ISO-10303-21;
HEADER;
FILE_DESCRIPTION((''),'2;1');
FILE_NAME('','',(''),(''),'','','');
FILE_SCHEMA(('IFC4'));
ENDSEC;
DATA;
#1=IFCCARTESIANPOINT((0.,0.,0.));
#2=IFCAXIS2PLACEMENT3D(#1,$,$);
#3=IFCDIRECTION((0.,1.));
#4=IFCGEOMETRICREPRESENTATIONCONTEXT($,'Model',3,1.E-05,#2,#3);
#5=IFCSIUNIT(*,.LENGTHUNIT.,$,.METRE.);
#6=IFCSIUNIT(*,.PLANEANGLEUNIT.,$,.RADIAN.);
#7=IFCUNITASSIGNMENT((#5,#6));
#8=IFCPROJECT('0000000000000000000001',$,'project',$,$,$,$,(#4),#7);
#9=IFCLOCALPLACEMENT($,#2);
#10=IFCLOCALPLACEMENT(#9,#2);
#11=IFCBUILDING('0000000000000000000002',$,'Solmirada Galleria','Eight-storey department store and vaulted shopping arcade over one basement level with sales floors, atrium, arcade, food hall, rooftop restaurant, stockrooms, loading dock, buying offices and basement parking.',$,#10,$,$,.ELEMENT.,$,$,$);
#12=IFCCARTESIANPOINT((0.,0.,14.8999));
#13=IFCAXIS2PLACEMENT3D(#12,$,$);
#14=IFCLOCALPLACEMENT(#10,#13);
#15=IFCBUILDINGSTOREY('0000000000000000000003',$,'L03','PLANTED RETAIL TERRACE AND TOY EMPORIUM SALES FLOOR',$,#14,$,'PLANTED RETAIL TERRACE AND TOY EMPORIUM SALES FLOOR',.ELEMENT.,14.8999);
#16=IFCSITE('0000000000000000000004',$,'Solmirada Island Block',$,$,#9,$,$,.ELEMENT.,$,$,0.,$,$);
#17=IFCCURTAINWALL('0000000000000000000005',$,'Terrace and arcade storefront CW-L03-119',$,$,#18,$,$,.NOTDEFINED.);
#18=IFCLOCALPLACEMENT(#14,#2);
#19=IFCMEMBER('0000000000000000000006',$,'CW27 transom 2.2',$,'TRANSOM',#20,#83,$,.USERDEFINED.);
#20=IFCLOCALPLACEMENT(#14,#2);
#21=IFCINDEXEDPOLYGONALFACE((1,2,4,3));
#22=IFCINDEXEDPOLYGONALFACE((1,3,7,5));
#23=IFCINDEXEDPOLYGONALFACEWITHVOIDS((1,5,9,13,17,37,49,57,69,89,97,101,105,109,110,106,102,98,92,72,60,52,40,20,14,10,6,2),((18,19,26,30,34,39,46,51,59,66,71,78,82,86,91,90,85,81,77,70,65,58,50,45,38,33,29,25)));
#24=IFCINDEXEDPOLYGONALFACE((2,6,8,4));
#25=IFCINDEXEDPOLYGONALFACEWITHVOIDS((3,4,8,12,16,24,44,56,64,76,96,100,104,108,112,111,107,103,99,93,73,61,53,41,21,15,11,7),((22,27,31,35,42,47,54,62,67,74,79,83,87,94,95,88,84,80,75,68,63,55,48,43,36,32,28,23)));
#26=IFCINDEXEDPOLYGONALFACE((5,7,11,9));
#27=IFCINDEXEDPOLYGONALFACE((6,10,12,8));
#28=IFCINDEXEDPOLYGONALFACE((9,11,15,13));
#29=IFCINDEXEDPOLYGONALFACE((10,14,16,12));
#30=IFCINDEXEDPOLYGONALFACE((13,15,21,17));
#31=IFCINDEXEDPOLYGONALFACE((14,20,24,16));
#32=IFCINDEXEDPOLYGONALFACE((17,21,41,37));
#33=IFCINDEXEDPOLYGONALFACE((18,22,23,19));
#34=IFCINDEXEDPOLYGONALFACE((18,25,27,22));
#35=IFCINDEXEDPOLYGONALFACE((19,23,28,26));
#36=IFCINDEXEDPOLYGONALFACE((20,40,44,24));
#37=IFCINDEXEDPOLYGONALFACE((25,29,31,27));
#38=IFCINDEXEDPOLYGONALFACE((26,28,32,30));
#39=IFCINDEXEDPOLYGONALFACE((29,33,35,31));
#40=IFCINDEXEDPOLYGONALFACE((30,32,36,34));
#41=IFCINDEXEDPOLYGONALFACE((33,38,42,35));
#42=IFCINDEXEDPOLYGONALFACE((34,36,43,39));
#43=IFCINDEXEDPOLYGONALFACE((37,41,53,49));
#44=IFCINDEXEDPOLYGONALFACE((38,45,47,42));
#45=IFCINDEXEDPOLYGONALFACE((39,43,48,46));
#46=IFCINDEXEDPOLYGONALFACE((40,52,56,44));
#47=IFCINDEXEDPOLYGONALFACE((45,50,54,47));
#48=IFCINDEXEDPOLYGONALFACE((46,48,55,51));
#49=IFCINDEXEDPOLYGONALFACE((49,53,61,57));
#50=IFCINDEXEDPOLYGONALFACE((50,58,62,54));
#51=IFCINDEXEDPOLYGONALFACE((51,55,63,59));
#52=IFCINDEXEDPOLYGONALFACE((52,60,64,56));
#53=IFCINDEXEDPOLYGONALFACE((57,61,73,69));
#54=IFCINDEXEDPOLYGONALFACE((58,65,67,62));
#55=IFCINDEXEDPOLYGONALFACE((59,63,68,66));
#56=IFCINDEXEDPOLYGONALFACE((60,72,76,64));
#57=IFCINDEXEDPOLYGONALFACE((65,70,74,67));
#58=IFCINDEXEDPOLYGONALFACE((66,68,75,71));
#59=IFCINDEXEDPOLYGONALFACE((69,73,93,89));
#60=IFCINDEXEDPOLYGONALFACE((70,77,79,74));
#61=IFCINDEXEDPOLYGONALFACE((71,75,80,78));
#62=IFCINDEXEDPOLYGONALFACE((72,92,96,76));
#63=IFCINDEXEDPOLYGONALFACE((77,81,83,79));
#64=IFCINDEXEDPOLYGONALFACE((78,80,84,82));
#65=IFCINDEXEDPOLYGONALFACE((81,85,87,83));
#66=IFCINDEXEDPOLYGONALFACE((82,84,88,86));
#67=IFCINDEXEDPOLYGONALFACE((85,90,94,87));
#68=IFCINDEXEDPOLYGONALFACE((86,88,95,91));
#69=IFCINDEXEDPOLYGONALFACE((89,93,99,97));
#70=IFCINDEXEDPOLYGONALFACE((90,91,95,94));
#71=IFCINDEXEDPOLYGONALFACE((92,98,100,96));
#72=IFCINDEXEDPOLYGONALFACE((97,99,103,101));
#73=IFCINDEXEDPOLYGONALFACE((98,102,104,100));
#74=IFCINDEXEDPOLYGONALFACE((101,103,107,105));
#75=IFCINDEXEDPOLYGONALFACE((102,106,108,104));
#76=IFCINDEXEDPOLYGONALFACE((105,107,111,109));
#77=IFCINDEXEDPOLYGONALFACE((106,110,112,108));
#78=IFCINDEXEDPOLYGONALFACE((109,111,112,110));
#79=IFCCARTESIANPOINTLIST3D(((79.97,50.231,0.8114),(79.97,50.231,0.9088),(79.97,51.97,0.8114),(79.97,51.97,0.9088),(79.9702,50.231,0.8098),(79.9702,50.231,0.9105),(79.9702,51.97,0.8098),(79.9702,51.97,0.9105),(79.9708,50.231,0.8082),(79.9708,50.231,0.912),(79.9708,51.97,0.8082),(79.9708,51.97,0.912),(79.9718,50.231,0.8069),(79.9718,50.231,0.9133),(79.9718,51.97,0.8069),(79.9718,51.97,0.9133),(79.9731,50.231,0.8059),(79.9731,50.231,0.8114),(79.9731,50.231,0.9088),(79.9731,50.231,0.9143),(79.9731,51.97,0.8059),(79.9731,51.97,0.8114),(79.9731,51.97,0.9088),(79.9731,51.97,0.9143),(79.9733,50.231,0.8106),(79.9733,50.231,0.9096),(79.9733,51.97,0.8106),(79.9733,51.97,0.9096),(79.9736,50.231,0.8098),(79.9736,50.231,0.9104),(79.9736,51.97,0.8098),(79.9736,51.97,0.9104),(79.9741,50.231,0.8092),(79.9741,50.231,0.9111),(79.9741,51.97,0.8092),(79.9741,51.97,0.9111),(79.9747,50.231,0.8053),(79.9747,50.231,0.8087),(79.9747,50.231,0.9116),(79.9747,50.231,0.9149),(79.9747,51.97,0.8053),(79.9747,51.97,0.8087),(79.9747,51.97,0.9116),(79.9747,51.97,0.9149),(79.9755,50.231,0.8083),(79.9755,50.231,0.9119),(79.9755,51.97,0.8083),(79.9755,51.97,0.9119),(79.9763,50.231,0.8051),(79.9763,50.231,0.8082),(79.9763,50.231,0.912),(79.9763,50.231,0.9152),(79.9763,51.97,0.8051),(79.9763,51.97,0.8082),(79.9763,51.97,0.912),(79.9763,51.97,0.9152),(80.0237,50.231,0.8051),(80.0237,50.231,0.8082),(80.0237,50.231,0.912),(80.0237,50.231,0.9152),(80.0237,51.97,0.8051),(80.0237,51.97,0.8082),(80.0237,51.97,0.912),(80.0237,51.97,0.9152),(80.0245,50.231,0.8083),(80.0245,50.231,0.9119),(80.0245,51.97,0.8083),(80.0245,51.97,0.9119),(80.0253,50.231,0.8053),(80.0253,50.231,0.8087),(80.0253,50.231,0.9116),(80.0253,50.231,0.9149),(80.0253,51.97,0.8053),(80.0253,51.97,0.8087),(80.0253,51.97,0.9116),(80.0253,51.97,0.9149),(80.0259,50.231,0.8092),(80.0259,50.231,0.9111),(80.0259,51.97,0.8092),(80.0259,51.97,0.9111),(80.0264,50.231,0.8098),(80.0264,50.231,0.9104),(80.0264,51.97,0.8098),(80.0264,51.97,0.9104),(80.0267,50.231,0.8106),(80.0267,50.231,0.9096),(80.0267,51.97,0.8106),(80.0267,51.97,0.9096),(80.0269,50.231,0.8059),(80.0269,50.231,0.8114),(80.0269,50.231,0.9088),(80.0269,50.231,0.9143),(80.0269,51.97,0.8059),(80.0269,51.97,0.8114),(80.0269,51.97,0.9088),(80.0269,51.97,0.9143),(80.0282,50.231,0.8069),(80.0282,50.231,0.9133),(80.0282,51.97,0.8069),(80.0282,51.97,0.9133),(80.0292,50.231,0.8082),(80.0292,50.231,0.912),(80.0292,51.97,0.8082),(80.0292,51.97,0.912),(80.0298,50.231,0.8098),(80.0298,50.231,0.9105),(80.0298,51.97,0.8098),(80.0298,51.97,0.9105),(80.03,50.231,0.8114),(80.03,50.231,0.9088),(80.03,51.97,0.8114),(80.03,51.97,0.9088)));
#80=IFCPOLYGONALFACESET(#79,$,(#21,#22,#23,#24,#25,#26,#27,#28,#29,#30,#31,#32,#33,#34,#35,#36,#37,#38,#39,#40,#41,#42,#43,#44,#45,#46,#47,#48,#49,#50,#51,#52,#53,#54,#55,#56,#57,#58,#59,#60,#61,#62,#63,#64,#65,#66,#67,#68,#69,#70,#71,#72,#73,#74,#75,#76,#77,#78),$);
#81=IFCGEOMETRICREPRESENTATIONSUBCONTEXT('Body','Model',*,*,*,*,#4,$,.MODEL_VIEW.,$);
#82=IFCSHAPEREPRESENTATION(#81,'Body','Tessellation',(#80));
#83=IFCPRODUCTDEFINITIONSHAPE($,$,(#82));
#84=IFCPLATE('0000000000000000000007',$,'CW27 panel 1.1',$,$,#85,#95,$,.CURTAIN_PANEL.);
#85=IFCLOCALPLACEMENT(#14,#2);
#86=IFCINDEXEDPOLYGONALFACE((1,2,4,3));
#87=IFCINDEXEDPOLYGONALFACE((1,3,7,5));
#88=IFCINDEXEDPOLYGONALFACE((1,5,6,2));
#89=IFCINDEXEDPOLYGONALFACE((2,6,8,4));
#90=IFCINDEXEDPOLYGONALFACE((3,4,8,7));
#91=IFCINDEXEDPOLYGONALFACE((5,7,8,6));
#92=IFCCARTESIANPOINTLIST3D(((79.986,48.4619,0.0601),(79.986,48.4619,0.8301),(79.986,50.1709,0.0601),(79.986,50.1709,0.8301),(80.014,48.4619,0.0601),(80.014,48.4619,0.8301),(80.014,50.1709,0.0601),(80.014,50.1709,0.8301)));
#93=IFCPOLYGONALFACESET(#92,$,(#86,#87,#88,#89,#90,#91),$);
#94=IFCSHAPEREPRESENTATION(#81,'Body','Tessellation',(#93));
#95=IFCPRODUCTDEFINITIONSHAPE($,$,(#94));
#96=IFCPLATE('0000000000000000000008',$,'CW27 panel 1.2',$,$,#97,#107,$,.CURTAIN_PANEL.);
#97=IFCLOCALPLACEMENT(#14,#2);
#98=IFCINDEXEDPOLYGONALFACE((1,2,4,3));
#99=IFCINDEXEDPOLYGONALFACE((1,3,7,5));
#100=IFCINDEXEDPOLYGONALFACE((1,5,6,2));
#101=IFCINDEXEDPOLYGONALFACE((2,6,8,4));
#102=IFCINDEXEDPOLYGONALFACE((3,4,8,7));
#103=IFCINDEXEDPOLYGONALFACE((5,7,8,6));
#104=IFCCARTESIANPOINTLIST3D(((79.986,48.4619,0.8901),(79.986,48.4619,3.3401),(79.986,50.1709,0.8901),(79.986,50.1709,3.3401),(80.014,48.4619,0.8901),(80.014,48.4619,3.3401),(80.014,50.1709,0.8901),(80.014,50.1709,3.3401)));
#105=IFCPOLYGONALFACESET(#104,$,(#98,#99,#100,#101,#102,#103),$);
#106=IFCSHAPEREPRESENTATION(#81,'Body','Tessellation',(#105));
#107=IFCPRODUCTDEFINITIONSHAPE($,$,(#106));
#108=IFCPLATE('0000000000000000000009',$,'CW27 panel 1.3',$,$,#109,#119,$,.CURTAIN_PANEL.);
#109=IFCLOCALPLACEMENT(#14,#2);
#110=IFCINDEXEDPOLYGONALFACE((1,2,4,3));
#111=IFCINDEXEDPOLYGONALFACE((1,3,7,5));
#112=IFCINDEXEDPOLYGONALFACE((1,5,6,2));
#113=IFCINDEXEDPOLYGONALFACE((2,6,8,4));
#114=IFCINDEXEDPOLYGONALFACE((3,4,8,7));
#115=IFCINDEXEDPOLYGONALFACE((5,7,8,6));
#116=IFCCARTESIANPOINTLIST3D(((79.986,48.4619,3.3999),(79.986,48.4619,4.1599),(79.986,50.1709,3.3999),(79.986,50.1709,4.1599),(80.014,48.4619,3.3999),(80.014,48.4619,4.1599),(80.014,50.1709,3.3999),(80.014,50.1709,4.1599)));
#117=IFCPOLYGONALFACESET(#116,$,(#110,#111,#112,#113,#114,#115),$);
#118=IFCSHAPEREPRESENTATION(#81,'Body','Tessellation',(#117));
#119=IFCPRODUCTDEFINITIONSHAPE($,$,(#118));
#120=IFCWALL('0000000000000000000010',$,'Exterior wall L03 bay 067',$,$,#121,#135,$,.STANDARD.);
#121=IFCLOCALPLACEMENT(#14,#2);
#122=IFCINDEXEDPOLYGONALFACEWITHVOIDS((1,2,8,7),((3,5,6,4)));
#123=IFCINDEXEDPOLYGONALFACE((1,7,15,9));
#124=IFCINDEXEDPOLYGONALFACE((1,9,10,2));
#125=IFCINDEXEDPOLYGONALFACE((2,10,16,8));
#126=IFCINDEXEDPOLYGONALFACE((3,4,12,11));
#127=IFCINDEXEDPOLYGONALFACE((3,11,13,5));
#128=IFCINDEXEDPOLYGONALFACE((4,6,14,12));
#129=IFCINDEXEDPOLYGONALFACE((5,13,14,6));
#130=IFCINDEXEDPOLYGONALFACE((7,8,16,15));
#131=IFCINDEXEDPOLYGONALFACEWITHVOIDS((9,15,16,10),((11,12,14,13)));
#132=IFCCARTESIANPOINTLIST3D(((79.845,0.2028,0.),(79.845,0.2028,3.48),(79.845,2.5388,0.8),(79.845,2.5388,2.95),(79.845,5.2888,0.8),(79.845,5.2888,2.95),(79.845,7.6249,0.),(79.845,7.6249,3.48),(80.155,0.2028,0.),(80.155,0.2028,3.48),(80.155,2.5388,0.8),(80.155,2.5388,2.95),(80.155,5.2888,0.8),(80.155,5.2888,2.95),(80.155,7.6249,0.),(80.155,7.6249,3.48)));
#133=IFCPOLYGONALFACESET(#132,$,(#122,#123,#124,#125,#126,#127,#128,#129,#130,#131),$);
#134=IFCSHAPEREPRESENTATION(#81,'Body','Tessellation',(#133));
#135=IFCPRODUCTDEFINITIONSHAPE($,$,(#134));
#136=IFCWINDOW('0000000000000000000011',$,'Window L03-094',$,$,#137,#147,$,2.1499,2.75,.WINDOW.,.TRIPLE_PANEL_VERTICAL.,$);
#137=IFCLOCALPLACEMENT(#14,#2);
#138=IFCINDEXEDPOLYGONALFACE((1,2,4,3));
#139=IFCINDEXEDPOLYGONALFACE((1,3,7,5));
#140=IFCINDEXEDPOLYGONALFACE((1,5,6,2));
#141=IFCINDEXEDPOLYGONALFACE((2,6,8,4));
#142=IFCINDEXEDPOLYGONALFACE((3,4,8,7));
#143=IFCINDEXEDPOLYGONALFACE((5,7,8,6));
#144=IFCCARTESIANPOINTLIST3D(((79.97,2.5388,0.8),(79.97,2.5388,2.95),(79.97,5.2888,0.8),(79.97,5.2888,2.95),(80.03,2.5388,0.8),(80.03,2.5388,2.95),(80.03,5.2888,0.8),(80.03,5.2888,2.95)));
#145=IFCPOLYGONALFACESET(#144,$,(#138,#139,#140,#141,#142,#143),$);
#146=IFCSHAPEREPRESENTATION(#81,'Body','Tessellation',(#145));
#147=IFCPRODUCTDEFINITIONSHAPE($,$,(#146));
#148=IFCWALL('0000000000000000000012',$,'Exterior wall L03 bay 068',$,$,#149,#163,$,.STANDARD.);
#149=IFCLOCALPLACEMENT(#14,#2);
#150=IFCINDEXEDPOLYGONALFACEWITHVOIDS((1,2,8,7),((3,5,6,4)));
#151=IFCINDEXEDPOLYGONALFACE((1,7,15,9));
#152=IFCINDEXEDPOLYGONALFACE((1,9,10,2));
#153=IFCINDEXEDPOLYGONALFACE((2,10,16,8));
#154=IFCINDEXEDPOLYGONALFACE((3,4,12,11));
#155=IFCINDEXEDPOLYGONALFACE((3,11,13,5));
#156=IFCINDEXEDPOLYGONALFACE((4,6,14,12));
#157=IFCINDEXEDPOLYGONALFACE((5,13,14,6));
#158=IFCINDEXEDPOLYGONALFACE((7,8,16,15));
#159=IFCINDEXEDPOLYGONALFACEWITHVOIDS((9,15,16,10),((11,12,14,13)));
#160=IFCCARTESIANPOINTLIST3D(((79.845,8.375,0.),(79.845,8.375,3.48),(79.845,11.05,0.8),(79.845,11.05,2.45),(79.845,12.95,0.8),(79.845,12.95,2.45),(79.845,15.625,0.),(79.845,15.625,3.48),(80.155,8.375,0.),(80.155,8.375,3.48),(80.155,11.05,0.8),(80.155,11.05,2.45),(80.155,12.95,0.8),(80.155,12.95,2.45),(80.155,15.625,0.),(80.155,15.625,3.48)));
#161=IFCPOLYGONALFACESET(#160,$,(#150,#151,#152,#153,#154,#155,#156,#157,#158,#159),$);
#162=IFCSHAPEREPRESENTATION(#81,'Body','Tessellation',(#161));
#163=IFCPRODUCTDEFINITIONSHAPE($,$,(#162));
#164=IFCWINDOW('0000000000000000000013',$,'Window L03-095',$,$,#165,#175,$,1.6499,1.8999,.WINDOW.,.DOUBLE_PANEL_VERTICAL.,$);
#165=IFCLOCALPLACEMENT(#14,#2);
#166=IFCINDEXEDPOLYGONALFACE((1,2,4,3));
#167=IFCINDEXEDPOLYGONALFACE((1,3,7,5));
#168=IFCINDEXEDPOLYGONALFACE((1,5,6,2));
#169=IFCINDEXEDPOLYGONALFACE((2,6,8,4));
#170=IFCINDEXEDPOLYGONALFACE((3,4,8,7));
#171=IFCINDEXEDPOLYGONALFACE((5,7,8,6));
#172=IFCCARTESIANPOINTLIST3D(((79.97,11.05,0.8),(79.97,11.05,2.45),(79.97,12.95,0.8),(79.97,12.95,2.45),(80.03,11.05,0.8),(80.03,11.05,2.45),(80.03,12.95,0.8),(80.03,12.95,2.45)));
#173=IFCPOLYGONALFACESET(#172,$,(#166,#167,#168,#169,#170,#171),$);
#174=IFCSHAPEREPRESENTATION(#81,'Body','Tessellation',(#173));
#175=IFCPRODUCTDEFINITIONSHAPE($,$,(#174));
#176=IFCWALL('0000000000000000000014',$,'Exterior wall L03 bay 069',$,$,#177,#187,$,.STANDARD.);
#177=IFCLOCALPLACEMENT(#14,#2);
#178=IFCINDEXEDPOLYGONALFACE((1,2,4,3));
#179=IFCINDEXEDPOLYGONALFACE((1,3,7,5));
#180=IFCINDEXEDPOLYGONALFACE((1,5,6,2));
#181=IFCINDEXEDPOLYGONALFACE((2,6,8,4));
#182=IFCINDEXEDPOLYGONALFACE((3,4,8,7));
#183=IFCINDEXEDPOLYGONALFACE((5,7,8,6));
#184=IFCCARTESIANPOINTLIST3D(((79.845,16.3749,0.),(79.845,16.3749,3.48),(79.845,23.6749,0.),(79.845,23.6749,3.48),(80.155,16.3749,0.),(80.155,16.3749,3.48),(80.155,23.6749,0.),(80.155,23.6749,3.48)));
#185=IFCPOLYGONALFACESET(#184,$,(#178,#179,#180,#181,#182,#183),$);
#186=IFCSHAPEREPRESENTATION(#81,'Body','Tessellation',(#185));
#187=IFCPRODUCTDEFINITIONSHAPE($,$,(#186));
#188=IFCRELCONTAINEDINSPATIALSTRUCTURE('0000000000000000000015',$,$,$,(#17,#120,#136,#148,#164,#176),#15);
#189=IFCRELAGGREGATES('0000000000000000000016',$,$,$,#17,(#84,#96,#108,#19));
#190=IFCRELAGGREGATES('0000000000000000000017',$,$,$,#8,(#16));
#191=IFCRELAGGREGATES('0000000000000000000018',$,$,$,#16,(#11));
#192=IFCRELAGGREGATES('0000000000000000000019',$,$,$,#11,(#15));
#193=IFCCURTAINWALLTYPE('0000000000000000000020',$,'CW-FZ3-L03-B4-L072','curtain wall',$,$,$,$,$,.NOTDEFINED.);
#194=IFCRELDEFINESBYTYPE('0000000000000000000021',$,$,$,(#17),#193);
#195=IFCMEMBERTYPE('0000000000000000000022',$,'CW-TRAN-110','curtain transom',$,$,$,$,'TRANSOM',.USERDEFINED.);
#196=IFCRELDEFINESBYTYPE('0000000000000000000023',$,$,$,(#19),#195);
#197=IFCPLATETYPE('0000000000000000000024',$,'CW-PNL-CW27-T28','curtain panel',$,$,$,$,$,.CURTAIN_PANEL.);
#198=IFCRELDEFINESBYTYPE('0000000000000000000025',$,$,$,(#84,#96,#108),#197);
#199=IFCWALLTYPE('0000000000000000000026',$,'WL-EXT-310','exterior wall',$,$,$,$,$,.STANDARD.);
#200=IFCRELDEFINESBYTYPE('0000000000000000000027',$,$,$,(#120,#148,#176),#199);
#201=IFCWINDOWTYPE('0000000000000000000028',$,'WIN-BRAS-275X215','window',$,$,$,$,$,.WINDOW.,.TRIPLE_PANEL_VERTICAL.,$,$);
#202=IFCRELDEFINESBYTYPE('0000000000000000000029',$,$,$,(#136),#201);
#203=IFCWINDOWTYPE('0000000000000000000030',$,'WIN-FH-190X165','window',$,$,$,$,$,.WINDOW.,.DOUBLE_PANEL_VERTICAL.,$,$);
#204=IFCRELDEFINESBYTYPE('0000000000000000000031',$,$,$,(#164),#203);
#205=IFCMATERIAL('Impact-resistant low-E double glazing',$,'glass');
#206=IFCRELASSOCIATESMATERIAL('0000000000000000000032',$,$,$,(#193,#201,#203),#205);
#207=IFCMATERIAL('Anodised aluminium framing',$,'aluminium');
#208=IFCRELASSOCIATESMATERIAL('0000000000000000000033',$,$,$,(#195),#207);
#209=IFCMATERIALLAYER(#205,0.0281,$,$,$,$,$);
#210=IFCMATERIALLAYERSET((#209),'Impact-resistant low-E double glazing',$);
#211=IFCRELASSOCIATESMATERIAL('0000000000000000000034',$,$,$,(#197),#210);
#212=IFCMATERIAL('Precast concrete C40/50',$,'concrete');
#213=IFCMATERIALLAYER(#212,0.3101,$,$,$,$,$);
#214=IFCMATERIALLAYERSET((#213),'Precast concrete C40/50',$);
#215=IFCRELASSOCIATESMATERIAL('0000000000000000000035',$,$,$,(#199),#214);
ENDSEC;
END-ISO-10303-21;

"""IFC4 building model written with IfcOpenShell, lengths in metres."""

from ifc_helpers import new_model, si_unit, direction, frame, frame_2d, origin, origin_2d, place, context, subcontext, project, spatial, rectangle, hollow_rectangle, extrude, material, layer, layer_set, material_profile, profile_set, type_object, element, fill, aggregate, save


model = new_model("IFC4")

# Units and contexts
model_context = context("Model", 3, precision=1e-05, world=origin(), true_north=direction((0.0, 1.0)))
body_context = subcontext(model_context, "Body", "Model", "MODEL_VIEW")
ifc_project = project(units=[si_unit("LENGTHUNIT", "METRE"), si_unit("PLANEANGLEUNIT", "RADIAN")], contexts=[model_context])

# Site, building, storey
site_placement = place(None, origin())
site = spatial("IfcSite", under=ifc_project, at=site_placement, Name="Solmirada Island Block", CompositionType="ELEMENT", RefElevation=0.0)
building_placement = place(site_placement, origin())
building = spatial("IfcBuilding", under=site, at=building_placement, Name="Solmirada Galleria", Description="Eight-storey department store and vaulted shopping arcade over one basement level with sales floors, atrium, arcade, food hall, rooftop restaurant, stockrooms, loading dock, buying offices and basement parking.", CompositionType="ELEMENT")
storey_placement = place(building_placement, frame((0.0, 0.0, 14.8999)))
storey = spatial("IfcBuildingStorey", under=building, at=storey_placement, Name="L03", Description="PLANTED RETAIL TERRACE AND TOY EMPORIUM SALES FLOOR", LongName="PLANTED RETAIL TERRACE AND TOY EMPORIUM SALES FLOOR", CompositionType="ELEMENT", Elevation=14.8999)

# Curtain wall, member, plates
ifc_material_1 = material(Name="Impact-resistant low-E double glazing", Category="glass")
curtain_wall_type = type_object("IfcCurtainWallType", Name="CW-FZ3-L03-B4-L072", Description="curtain wall", PredefinedType="NOTDEFINED", material=ifc_material_1)
curtain_wall_placement = place(storey_placement, origin())
curtain_wall = element("IfcCurtainWall", 1, at=curtain_wall_placement, inside=storey, type_object=curtain_wall_type, Name="Terrace and arcade storefront CW-L03-119", PredefinedType="NOTDEFINED")
ifc_material_2 = material(Name="Anodised aluminium framing", Category="aluminium")
ifc_material_profile_1 = material_profile(ifc_material_2, hollow_rectangle(XDim=0.0601, YDim=0.1101, WallThickness=0.0032, InnerFilletRadius=0.0032, OuterFilletRadius=0.0063, at=origin_2d()), Name="ALU-TRAN-110X60")
ifc_profile_set_1 = profile_set([ifc_material_profile_1], Name="Anodised aluminium framing")
member_type_1 = type_object("IfcMemberType", Name="CW-TRAN-110", Description="curtain transom", ElementType="TRANSOM", PredefinedType="USERDEFINED", material=ifc_profile_set_1)
member_1_placement = place(storey_placement, frame((80.0, 50.231, 0.8601), z_axis=(0.0, 1.0, 0.0), x_axis=(-1.0, 0.0, 0.0)))
member_1 = element("IfcMember", 2, at=member_1_placement, type_object=member_type_1, Name="CW27 transom 2.2", ObjectType="TRANSOM", PredefinedType="USERDEFINED", context=body_context, shape_type="SweptSolid", body=[
    extrude(hollow_rectangle(XDim=0.0601, YDim=0.1101, WallThickness=0.0032, InnerFilletRadius=0.0032, OuterFilletRadius=0.0063, at=origin_2d()), origin(), (0.0, 0.0, 1.0), 1.739),
])
ifc_layer_1 = layer(ifc_material_1, 0.0281)
ifc_layer_set_1 = layer_set([ifc_layer_1], Name="Impact-resistant low-E double glazing")
plate_type = type_object("IfcPlateType", Name="CW-PNL-CW27-T28", Description="curtain panel", PredefinedType="CURTAIN_PANEL", material=ifc_layer_set_1)
plate_1_placement = place(storey_placement, frame((80.0, 49.3164, 0.0601), z_axis=(0.0, 0.0, 1.0), x_axis=(0.0, 1.0, 0.0)))
plate_1 = element("IfcPlate", 3, at=plate_1_placement, type_object=plate_type, Name="CW27 panel 1.1", PredefinedType="CURTAIN_PANEL", context=body_context, shape_type="SweptSolid", body=[
    extrude(rectangle(XDim=1.709, YDim=0.0281, at=origin_2d()), origin(), (0.0, 0.0, 1.0), 0.77),
])
plate_2_placement = place(storey_placement, frame((80.0, 49.3164, 0.8901), z_axis=(0.0, 0.0, 1.0), x_axis=(0.0, 1.0, 0.0)))
plate_2 = element("IfcPlate", 4, at=plate_2_placement, type_object=plate_type, Name="CW27 panel 1.2", PredefinedType="CURTAIN_PANEL", context=body_context, shape_type="SweptSolid", body=[
    extrude(rectangle(XDim=1.709, YDim=0.0281, at=origin_2d()), origin(), (0.0, 0.0, 1.0), 2.45),
])
plate_3_placement = place(storey_placement, frame((80.0, 49.3164, 3.3999), z_axis=(0.0, 0.0, 1.0), x_axis=(0.0, 1.0, 0.0)))
plate_3 = element("IfcPlate", 5, at=plate_3_placement, type_object=plate_type, Name="CW27 panel 1.3", PredefinedType="CURTAIN_PANEL", context=body_context, shape_type="SweptSolid", body=[
    extrude(rectangle(XDim=1.709, YDim=0.0281, at=origin_2d()), origin(), (0.0, 0.0, 1.0), 0.76),
])
aggregate(curtain_wall, [plate_1, plate_2, plate_3, member_1])

# Walls, openings, windows
ifc_material_3 = material(Name="Precast concrete C40/50", Category="concrete")
ifc_layer_2 = layer(ifc_material_3, 0.3101)
ifc_layer_set_2 = layer_set([ifc_layer_2], Name="Precast concrete C40/50")
wall_type = type_object("IfcWallType", Name="WL-EXT-310", Description="exterior wall", PredefinedType="STANDARD", material=ifc_layer_set_2)
wall_1_placement = place(storey_placement, frame((80.0, 0.2029, 0.0), z_axis=(0.0, 0.0, 1.0), x_axis=(0.0, 1.0, 0.0)))
wall_1 = element("IfcWall", 6, at=wall_1_placement, inside=storey, type_object=wall_type, Name="Exterior wall L03 bay 067", PredefinedType="STANDARD", context=body_context, shape_type="SweptSolid", body=[
    extrude(rectangle(XDim=7.4221, YDim=0.3101, at=frame_2d((3.7109, 0.0))), origin(), (0.0, 0.0, 1.0), 3.48),
])
opening_1_placement = place(wall_1_placement, frame((2.3359, 0.0, 0.8)))
opening_1 = element("IfcOpeningElement", 7, at=opening_1_placement, cuts=wall_1, PredefinedType="OPENING", context=body_context, shape_type="SweptSolid", body=[
    extrude(rectangle(XDim=2.75, YDim=2.1499, at=frame_2d((1.375, 1.075))), frame((0.0, 0.165, 0.0), z_axis=(0.0, -1.0, 0.0), x_axis=(1.0, 0.0, 0.0)), (0.0, 0.0, 1.0), 0.3301),
])
window_type_1 = type_object("IfcWindowType", Name="WIN-BRAS-275X215", Description="window", PartitioningType="TRIPLE_PANEL_VERTICAL", PredefinedType="WINDOW", material=ifc_material_1)
window_1_placement = place(opening_1_placement, origin())
window_1 = element("IfcWindow", 8, at=window_1_placement, inside=storey, type_object=window_type_1, Name="Window L03-094", OverallHeight=2.1499, OverallWidth=2.75, PartitioningType="TRIPLE_PANEL_VERTICAL", PredefinedType="WINDOW", context=body_context, shape_type="SweptSolid", body=[
    extrude(rectangle(XDim=2.75, YDim=2.1499, at=frame_2d((1.375, 1.075))), frame((0.0, 0.03, 0.0), z_axis=(0.0, -1.0, 0.0), x_axis=(1.0, 0.0, 0.0)), (0.0, 0.0, 1.0), 0.0601),
])
fill(opening_1, window_1)
wall_2_placement = place(storey_placement, frame((80.0, 8.375, 0.0), z_axis=(0.0, 0.0, 1.0), x_axis=(0.0, 1.0, 0.0)))
wall_2 = element("IfcWall", 9, at=wall_2_placement, inside=storey, type_object=wall_type, Name="Exterior wall L03 bay 068", PredefinedType="STANDARD", context=body_context, shape_type="SweptSolid", body=[
    extrude(rectangle(XDim=7.25, YDim=0.3101, at=frame_2d((3.625, 0.0))), origin(), (0.0, 0.0, 1.0), 3.48),
])
opening_2_placement = place(wall_2_placement, frame((2.675, 0.0, 0.8)))
opening_2 = element("IfcOpeningElement", 10, at=opening_2_placement, cuts=wall_2, PredefinedType="OPENING", context=body_context, shape_type="SweptSolid", body=[
    extrude(rectangle(XDim=1.8999, YDim=1.6499, at=frame_2d((0.95, 0.825))), frame((0.0, 0.165, 0.0), z_axis=(0.0, -1.0, 0.0), x_axis=(1.0, 0.0, 0.0)), (0.0, 0.0, 1.0), 0.3301),
])
window_type_2 = type_object("IfcWindowType", Name="WIN-FH-190X165", Description="window", PartitioningType="DOUBLE_PANEL_VERTICAL", PredefinedType="WINDOW", material=ifc_material_1)
window_2_placement = place(opening_2_placement, origin())
window_2 = element("IfcWindow", 11, at=window_2_placement, inside=storey, type_object=window_type_2, Name="Window L03-095", OverallHeight=1.6499, OverallWidth=1.8999, PartitioningType="DOUBLE_PANEL_VERTICAL", PredefinedType="WINDOW", context=body_context, shape_type="SweptSolid", body=[
    extrude(rectangle(XDim=1.8999, YDim=1.6499, at=frame_2d((0.95, 0.825))), frame((0.0, 0.03, 0.0), z_axis=(0.0, -1.0, 0.0), x_axis=(1.0, 0.0, 0.0)), (0.0, 0.0, 1.0), 0.0601),
])
fill(opening_2, window_2)

# Wall
wall_3_placement = place(storey_placement, frame((80.0, 16.375, 0.0), z_axis=(0.0, 0.0, 1.0), x_axis=(0.0, 1.0, 0.0)))
element("IfcWall", 12, at=wall_3_placement, inside=storey, type_object=wall_type, Name="Exterior wall L03 bay 069", PredefinedType="STANDARD", context=body_context, shape_type="SweptSolid", body=[
    extrude(rectangle(XDim=7.3, YDim=0.3101, at=frame_2d((3.6499, 0.0))), origin(), (0.0, 0.0, 1.0), 3.48),
])

save(model, "model.ifc")
